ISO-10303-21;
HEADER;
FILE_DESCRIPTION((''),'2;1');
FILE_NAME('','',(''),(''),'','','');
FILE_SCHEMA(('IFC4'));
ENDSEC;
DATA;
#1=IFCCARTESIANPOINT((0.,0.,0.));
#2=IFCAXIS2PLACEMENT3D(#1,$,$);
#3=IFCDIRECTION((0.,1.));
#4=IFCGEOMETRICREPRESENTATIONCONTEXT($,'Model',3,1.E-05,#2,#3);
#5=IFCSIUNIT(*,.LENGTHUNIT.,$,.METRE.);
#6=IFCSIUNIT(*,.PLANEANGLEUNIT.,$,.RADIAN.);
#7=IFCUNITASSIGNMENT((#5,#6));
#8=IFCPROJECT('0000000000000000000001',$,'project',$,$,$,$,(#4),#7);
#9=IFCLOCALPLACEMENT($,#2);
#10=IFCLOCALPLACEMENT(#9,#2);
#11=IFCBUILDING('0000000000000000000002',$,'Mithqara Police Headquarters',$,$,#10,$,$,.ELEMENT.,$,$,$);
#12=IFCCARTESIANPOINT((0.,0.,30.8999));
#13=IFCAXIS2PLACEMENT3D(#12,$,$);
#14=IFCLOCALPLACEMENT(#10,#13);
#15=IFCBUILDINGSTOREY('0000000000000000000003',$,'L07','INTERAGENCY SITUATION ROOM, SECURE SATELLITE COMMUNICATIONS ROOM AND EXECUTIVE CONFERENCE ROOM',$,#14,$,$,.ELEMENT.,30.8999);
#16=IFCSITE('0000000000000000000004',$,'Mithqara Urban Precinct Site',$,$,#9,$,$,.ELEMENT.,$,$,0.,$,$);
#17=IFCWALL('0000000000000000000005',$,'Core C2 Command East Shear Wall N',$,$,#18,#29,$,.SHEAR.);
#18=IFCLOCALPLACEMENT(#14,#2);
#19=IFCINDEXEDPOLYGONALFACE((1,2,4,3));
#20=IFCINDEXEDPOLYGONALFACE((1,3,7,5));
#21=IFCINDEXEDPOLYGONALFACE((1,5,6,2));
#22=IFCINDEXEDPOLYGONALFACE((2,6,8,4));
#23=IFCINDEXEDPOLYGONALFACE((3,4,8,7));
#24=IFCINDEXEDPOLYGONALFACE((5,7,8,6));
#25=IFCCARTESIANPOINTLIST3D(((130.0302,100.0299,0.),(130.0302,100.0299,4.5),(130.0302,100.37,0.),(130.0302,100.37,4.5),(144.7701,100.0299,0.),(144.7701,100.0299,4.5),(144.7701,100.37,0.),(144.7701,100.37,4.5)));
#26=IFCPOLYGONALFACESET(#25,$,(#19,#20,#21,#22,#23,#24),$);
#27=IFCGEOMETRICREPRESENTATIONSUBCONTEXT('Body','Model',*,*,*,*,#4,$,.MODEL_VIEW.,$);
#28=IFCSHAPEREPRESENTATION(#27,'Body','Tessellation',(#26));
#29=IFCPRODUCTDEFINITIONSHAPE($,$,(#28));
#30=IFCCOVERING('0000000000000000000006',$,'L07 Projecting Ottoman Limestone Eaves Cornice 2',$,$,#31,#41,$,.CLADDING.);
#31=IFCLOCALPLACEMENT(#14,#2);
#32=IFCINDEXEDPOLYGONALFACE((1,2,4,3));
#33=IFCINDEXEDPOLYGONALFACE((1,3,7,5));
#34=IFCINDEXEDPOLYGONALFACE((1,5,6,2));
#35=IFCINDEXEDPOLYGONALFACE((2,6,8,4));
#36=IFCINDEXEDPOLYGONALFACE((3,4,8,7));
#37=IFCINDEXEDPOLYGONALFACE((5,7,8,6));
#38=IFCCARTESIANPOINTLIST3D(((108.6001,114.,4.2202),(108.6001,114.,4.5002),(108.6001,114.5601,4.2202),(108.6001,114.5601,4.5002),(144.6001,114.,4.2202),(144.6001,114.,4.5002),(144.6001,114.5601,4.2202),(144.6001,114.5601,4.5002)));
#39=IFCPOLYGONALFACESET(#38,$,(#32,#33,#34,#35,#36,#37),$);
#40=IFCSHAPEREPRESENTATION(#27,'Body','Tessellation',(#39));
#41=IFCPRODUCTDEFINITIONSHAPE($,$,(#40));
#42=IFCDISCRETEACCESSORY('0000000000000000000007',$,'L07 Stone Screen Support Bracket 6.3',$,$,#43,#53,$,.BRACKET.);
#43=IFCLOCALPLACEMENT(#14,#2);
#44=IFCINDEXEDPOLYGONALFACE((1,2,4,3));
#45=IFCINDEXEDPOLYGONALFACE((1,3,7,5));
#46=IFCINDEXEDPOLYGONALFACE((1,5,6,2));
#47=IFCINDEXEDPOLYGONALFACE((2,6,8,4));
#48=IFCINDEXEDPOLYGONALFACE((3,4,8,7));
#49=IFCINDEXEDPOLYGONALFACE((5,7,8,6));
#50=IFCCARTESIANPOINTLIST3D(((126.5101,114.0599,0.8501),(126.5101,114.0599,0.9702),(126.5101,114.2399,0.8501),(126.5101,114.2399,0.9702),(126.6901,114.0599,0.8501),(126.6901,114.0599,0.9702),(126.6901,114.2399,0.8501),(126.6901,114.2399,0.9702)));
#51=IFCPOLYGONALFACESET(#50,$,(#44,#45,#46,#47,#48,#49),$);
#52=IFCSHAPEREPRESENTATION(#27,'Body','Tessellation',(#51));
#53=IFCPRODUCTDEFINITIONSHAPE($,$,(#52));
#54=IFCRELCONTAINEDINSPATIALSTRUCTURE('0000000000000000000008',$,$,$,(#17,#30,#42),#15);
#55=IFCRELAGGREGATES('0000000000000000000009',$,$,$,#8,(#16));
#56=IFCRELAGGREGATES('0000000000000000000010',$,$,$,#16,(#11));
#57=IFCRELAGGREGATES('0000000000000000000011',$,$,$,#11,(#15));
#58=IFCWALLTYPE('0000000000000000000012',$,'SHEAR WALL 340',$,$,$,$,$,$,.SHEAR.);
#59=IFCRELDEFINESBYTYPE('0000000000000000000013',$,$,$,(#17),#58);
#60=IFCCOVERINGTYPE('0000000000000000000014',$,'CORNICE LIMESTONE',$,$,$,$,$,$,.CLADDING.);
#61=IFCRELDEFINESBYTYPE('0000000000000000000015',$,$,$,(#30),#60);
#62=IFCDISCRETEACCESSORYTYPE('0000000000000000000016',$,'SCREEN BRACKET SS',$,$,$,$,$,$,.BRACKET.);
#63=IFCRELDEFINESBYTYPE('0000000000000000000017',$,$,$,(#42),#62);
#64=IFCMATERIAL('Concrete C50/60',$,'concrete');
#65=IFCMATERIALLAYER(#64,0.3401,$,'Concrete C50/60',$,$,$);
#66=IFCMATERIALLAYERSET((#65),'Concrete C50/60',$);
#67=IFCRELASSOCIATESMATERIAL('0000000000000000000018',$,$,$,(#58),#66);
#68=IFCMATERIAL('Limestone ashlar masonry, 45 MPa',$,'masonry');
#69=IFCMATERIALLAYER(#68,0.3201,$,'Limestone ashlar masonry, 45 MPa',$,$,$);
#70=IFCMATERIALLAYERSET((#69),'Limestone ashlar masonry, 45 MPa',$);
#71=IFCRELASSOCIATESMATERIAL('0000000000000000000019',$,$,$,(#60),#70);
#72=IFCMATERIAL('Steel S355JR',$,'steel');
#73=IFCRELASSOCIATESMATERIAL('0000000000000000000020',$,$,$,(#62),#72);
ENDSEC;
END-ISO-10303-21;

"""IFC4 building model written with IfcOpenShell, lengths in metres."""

from ifc_helpers import new_model, si_unit, direction, frame, frame_2d, origin, origin_2d, place, context, subcontext, project, spatial, rectangle, extrude, material, layer, layer_set, type_object, element, save


model = new_model("IFC4")

# Units and contexts
model_context = context("Model", 3, precision=1e-05, world=origin(), true_north=direction((0.0, 1.0)))
body_context = subcontext(model_context, "Body", "Model", "MODEL_VIEW")
ifc_project = project(units=[si_unit("LENGTHUNIT", "METRE"), si_unit("PLANEANGLEUNIT", "RADIAN")], contexts=[model_context])

# Site, building, storey
site_placement = place(None, origin())
site = spatial("IfcSite", under=ifc_project, at=site_placement, Name="Mithqara Urban Precinct Site", CompositionType="ELEMENT", RefElevation=0.0)
building_placement = place(site_placement, origin())
building = spatial("IfcBuilding", under=site, at=building_placement, Name="Mithqara Police Headquarters", CompositionType="ELEMENT")
storey_placement = place(building_placement, frame((0.0, 0.0, 30.8999)))
storey = spatial("IfcBuildingStorey", under=building, at=storey_placement, Name="L07", Description="INTERAGENCY SITUATION ROOM, SECURE SATELLITE COMMUNICATIONS ROOM AND EXECUTIVE CONFERENCE ROOM", CompositionType="ELEMENT", Elevation=30.8999)

# Shared definitions
ifc_material_1 = material(Name="Concrete C50/60", Category="concrete")

# Shared definitions
ifc_material_2 = material(Name="Steel S355JR", Category="steel")

# Shared definitions
ifc_material_3 = material(Name="Limestone ashlar masonry, 45 MPa", Category="masonry")

# Wall
ifc_layer_1 = layer(ifc_material_1, 0.3401, Name="Concrete C50/60")
ifc_layer_set_1 = layer_set([ifc_layer_1], Name="Concrete C50/60")
wall_type_1 = type_object("IfcWallType", Name="SHEAR WALL 340", PredefinedType="SHEAR", material=ifc_layer_set_1)
wall_1_placement = place(storey_placement, frame((130.03, 100.2, 0.0), z_axis=(0.0, 0.0, 1.0), x_axis=(1.0, 0.0, 0.0)))
element("IfcWall", 1, at=wall_1_placement, inside=storey, type_object=wall_type_1, Name="Core C2 Command East Shear Wall N", PredefinedType="SHEAR", context=body_context, shape_type="SweptSolid", body=[
    extrude(rectangle(XDim=14.74, YDim=0.3401, at=frame_2d((7.3701, 0.0))), origin(), (0.0, 0.0, 1.0), 4.5),
])

# Covering
ifc_layer_2 = layer(ifc_material_3, 0.3201, Name="Limestone ashlar masonry, 45 MPa")
ifc_layer_set_2 = layer_set([ifc_layer_2], Name="Limestone ashlar masonry, 45 MPa")
covering_type = type_object("IfcCoveringType", Name="CORNICE LIMESTONE", PredefinedType="CLADDING", material=ifc_layer_set_2)
covering_placement = place(storey_placement, frame((126.6001, 114.28, 4.2202), z_axis=(0.0, 0.0, 1.0), x_axis=(1.0, 0.0, 0.0)))
element("IfcCovering", 2, at=covering_placement, inside=storey, type_object=covering_type, Name="L07 Projecting Ottoman Limestone Eaves Cornice 2", PredefinedType="CLADDING", context=body_context, shape_type="SweptSolid", body=[
    extrude(rectangle(XDim=36.0, YDim=0.5601, at=origin_2d()), origin(), (0.0, 0.0, 1.0), 0.28),
])

# Discrete accessory
discrete_accessory_type = type_object("IfcDiscreteAccessoryType", Name="SCREEN BRACKET SS", PredefinedType="BRACKET", material=ifc_material_2)
discrete_accessory_placement = place(storey_placement, frame((126.6001, 114.1499, 0.8501), z_axis=(0.0, 0.0, 1.0), x_axis=(1.0, 0.0, 0.0)))
element("IfcDiscreteAccessory", 3, at=discrete_accessory_placement, inside=storey, type_object=discrete_accessory_type, Name="L07 Stone Screen Support Bracket 6.3", PredefinedType="BRACKET", context=body_context, shape_type="SweptSolid", body=[
    extrude(rectangle(XDim=0.1799, YDim=0.1799, at=origin_2d()), origin(), (0.0, 0.0, 1.0), 0.1201),
])

save(model, "model.ifc")
